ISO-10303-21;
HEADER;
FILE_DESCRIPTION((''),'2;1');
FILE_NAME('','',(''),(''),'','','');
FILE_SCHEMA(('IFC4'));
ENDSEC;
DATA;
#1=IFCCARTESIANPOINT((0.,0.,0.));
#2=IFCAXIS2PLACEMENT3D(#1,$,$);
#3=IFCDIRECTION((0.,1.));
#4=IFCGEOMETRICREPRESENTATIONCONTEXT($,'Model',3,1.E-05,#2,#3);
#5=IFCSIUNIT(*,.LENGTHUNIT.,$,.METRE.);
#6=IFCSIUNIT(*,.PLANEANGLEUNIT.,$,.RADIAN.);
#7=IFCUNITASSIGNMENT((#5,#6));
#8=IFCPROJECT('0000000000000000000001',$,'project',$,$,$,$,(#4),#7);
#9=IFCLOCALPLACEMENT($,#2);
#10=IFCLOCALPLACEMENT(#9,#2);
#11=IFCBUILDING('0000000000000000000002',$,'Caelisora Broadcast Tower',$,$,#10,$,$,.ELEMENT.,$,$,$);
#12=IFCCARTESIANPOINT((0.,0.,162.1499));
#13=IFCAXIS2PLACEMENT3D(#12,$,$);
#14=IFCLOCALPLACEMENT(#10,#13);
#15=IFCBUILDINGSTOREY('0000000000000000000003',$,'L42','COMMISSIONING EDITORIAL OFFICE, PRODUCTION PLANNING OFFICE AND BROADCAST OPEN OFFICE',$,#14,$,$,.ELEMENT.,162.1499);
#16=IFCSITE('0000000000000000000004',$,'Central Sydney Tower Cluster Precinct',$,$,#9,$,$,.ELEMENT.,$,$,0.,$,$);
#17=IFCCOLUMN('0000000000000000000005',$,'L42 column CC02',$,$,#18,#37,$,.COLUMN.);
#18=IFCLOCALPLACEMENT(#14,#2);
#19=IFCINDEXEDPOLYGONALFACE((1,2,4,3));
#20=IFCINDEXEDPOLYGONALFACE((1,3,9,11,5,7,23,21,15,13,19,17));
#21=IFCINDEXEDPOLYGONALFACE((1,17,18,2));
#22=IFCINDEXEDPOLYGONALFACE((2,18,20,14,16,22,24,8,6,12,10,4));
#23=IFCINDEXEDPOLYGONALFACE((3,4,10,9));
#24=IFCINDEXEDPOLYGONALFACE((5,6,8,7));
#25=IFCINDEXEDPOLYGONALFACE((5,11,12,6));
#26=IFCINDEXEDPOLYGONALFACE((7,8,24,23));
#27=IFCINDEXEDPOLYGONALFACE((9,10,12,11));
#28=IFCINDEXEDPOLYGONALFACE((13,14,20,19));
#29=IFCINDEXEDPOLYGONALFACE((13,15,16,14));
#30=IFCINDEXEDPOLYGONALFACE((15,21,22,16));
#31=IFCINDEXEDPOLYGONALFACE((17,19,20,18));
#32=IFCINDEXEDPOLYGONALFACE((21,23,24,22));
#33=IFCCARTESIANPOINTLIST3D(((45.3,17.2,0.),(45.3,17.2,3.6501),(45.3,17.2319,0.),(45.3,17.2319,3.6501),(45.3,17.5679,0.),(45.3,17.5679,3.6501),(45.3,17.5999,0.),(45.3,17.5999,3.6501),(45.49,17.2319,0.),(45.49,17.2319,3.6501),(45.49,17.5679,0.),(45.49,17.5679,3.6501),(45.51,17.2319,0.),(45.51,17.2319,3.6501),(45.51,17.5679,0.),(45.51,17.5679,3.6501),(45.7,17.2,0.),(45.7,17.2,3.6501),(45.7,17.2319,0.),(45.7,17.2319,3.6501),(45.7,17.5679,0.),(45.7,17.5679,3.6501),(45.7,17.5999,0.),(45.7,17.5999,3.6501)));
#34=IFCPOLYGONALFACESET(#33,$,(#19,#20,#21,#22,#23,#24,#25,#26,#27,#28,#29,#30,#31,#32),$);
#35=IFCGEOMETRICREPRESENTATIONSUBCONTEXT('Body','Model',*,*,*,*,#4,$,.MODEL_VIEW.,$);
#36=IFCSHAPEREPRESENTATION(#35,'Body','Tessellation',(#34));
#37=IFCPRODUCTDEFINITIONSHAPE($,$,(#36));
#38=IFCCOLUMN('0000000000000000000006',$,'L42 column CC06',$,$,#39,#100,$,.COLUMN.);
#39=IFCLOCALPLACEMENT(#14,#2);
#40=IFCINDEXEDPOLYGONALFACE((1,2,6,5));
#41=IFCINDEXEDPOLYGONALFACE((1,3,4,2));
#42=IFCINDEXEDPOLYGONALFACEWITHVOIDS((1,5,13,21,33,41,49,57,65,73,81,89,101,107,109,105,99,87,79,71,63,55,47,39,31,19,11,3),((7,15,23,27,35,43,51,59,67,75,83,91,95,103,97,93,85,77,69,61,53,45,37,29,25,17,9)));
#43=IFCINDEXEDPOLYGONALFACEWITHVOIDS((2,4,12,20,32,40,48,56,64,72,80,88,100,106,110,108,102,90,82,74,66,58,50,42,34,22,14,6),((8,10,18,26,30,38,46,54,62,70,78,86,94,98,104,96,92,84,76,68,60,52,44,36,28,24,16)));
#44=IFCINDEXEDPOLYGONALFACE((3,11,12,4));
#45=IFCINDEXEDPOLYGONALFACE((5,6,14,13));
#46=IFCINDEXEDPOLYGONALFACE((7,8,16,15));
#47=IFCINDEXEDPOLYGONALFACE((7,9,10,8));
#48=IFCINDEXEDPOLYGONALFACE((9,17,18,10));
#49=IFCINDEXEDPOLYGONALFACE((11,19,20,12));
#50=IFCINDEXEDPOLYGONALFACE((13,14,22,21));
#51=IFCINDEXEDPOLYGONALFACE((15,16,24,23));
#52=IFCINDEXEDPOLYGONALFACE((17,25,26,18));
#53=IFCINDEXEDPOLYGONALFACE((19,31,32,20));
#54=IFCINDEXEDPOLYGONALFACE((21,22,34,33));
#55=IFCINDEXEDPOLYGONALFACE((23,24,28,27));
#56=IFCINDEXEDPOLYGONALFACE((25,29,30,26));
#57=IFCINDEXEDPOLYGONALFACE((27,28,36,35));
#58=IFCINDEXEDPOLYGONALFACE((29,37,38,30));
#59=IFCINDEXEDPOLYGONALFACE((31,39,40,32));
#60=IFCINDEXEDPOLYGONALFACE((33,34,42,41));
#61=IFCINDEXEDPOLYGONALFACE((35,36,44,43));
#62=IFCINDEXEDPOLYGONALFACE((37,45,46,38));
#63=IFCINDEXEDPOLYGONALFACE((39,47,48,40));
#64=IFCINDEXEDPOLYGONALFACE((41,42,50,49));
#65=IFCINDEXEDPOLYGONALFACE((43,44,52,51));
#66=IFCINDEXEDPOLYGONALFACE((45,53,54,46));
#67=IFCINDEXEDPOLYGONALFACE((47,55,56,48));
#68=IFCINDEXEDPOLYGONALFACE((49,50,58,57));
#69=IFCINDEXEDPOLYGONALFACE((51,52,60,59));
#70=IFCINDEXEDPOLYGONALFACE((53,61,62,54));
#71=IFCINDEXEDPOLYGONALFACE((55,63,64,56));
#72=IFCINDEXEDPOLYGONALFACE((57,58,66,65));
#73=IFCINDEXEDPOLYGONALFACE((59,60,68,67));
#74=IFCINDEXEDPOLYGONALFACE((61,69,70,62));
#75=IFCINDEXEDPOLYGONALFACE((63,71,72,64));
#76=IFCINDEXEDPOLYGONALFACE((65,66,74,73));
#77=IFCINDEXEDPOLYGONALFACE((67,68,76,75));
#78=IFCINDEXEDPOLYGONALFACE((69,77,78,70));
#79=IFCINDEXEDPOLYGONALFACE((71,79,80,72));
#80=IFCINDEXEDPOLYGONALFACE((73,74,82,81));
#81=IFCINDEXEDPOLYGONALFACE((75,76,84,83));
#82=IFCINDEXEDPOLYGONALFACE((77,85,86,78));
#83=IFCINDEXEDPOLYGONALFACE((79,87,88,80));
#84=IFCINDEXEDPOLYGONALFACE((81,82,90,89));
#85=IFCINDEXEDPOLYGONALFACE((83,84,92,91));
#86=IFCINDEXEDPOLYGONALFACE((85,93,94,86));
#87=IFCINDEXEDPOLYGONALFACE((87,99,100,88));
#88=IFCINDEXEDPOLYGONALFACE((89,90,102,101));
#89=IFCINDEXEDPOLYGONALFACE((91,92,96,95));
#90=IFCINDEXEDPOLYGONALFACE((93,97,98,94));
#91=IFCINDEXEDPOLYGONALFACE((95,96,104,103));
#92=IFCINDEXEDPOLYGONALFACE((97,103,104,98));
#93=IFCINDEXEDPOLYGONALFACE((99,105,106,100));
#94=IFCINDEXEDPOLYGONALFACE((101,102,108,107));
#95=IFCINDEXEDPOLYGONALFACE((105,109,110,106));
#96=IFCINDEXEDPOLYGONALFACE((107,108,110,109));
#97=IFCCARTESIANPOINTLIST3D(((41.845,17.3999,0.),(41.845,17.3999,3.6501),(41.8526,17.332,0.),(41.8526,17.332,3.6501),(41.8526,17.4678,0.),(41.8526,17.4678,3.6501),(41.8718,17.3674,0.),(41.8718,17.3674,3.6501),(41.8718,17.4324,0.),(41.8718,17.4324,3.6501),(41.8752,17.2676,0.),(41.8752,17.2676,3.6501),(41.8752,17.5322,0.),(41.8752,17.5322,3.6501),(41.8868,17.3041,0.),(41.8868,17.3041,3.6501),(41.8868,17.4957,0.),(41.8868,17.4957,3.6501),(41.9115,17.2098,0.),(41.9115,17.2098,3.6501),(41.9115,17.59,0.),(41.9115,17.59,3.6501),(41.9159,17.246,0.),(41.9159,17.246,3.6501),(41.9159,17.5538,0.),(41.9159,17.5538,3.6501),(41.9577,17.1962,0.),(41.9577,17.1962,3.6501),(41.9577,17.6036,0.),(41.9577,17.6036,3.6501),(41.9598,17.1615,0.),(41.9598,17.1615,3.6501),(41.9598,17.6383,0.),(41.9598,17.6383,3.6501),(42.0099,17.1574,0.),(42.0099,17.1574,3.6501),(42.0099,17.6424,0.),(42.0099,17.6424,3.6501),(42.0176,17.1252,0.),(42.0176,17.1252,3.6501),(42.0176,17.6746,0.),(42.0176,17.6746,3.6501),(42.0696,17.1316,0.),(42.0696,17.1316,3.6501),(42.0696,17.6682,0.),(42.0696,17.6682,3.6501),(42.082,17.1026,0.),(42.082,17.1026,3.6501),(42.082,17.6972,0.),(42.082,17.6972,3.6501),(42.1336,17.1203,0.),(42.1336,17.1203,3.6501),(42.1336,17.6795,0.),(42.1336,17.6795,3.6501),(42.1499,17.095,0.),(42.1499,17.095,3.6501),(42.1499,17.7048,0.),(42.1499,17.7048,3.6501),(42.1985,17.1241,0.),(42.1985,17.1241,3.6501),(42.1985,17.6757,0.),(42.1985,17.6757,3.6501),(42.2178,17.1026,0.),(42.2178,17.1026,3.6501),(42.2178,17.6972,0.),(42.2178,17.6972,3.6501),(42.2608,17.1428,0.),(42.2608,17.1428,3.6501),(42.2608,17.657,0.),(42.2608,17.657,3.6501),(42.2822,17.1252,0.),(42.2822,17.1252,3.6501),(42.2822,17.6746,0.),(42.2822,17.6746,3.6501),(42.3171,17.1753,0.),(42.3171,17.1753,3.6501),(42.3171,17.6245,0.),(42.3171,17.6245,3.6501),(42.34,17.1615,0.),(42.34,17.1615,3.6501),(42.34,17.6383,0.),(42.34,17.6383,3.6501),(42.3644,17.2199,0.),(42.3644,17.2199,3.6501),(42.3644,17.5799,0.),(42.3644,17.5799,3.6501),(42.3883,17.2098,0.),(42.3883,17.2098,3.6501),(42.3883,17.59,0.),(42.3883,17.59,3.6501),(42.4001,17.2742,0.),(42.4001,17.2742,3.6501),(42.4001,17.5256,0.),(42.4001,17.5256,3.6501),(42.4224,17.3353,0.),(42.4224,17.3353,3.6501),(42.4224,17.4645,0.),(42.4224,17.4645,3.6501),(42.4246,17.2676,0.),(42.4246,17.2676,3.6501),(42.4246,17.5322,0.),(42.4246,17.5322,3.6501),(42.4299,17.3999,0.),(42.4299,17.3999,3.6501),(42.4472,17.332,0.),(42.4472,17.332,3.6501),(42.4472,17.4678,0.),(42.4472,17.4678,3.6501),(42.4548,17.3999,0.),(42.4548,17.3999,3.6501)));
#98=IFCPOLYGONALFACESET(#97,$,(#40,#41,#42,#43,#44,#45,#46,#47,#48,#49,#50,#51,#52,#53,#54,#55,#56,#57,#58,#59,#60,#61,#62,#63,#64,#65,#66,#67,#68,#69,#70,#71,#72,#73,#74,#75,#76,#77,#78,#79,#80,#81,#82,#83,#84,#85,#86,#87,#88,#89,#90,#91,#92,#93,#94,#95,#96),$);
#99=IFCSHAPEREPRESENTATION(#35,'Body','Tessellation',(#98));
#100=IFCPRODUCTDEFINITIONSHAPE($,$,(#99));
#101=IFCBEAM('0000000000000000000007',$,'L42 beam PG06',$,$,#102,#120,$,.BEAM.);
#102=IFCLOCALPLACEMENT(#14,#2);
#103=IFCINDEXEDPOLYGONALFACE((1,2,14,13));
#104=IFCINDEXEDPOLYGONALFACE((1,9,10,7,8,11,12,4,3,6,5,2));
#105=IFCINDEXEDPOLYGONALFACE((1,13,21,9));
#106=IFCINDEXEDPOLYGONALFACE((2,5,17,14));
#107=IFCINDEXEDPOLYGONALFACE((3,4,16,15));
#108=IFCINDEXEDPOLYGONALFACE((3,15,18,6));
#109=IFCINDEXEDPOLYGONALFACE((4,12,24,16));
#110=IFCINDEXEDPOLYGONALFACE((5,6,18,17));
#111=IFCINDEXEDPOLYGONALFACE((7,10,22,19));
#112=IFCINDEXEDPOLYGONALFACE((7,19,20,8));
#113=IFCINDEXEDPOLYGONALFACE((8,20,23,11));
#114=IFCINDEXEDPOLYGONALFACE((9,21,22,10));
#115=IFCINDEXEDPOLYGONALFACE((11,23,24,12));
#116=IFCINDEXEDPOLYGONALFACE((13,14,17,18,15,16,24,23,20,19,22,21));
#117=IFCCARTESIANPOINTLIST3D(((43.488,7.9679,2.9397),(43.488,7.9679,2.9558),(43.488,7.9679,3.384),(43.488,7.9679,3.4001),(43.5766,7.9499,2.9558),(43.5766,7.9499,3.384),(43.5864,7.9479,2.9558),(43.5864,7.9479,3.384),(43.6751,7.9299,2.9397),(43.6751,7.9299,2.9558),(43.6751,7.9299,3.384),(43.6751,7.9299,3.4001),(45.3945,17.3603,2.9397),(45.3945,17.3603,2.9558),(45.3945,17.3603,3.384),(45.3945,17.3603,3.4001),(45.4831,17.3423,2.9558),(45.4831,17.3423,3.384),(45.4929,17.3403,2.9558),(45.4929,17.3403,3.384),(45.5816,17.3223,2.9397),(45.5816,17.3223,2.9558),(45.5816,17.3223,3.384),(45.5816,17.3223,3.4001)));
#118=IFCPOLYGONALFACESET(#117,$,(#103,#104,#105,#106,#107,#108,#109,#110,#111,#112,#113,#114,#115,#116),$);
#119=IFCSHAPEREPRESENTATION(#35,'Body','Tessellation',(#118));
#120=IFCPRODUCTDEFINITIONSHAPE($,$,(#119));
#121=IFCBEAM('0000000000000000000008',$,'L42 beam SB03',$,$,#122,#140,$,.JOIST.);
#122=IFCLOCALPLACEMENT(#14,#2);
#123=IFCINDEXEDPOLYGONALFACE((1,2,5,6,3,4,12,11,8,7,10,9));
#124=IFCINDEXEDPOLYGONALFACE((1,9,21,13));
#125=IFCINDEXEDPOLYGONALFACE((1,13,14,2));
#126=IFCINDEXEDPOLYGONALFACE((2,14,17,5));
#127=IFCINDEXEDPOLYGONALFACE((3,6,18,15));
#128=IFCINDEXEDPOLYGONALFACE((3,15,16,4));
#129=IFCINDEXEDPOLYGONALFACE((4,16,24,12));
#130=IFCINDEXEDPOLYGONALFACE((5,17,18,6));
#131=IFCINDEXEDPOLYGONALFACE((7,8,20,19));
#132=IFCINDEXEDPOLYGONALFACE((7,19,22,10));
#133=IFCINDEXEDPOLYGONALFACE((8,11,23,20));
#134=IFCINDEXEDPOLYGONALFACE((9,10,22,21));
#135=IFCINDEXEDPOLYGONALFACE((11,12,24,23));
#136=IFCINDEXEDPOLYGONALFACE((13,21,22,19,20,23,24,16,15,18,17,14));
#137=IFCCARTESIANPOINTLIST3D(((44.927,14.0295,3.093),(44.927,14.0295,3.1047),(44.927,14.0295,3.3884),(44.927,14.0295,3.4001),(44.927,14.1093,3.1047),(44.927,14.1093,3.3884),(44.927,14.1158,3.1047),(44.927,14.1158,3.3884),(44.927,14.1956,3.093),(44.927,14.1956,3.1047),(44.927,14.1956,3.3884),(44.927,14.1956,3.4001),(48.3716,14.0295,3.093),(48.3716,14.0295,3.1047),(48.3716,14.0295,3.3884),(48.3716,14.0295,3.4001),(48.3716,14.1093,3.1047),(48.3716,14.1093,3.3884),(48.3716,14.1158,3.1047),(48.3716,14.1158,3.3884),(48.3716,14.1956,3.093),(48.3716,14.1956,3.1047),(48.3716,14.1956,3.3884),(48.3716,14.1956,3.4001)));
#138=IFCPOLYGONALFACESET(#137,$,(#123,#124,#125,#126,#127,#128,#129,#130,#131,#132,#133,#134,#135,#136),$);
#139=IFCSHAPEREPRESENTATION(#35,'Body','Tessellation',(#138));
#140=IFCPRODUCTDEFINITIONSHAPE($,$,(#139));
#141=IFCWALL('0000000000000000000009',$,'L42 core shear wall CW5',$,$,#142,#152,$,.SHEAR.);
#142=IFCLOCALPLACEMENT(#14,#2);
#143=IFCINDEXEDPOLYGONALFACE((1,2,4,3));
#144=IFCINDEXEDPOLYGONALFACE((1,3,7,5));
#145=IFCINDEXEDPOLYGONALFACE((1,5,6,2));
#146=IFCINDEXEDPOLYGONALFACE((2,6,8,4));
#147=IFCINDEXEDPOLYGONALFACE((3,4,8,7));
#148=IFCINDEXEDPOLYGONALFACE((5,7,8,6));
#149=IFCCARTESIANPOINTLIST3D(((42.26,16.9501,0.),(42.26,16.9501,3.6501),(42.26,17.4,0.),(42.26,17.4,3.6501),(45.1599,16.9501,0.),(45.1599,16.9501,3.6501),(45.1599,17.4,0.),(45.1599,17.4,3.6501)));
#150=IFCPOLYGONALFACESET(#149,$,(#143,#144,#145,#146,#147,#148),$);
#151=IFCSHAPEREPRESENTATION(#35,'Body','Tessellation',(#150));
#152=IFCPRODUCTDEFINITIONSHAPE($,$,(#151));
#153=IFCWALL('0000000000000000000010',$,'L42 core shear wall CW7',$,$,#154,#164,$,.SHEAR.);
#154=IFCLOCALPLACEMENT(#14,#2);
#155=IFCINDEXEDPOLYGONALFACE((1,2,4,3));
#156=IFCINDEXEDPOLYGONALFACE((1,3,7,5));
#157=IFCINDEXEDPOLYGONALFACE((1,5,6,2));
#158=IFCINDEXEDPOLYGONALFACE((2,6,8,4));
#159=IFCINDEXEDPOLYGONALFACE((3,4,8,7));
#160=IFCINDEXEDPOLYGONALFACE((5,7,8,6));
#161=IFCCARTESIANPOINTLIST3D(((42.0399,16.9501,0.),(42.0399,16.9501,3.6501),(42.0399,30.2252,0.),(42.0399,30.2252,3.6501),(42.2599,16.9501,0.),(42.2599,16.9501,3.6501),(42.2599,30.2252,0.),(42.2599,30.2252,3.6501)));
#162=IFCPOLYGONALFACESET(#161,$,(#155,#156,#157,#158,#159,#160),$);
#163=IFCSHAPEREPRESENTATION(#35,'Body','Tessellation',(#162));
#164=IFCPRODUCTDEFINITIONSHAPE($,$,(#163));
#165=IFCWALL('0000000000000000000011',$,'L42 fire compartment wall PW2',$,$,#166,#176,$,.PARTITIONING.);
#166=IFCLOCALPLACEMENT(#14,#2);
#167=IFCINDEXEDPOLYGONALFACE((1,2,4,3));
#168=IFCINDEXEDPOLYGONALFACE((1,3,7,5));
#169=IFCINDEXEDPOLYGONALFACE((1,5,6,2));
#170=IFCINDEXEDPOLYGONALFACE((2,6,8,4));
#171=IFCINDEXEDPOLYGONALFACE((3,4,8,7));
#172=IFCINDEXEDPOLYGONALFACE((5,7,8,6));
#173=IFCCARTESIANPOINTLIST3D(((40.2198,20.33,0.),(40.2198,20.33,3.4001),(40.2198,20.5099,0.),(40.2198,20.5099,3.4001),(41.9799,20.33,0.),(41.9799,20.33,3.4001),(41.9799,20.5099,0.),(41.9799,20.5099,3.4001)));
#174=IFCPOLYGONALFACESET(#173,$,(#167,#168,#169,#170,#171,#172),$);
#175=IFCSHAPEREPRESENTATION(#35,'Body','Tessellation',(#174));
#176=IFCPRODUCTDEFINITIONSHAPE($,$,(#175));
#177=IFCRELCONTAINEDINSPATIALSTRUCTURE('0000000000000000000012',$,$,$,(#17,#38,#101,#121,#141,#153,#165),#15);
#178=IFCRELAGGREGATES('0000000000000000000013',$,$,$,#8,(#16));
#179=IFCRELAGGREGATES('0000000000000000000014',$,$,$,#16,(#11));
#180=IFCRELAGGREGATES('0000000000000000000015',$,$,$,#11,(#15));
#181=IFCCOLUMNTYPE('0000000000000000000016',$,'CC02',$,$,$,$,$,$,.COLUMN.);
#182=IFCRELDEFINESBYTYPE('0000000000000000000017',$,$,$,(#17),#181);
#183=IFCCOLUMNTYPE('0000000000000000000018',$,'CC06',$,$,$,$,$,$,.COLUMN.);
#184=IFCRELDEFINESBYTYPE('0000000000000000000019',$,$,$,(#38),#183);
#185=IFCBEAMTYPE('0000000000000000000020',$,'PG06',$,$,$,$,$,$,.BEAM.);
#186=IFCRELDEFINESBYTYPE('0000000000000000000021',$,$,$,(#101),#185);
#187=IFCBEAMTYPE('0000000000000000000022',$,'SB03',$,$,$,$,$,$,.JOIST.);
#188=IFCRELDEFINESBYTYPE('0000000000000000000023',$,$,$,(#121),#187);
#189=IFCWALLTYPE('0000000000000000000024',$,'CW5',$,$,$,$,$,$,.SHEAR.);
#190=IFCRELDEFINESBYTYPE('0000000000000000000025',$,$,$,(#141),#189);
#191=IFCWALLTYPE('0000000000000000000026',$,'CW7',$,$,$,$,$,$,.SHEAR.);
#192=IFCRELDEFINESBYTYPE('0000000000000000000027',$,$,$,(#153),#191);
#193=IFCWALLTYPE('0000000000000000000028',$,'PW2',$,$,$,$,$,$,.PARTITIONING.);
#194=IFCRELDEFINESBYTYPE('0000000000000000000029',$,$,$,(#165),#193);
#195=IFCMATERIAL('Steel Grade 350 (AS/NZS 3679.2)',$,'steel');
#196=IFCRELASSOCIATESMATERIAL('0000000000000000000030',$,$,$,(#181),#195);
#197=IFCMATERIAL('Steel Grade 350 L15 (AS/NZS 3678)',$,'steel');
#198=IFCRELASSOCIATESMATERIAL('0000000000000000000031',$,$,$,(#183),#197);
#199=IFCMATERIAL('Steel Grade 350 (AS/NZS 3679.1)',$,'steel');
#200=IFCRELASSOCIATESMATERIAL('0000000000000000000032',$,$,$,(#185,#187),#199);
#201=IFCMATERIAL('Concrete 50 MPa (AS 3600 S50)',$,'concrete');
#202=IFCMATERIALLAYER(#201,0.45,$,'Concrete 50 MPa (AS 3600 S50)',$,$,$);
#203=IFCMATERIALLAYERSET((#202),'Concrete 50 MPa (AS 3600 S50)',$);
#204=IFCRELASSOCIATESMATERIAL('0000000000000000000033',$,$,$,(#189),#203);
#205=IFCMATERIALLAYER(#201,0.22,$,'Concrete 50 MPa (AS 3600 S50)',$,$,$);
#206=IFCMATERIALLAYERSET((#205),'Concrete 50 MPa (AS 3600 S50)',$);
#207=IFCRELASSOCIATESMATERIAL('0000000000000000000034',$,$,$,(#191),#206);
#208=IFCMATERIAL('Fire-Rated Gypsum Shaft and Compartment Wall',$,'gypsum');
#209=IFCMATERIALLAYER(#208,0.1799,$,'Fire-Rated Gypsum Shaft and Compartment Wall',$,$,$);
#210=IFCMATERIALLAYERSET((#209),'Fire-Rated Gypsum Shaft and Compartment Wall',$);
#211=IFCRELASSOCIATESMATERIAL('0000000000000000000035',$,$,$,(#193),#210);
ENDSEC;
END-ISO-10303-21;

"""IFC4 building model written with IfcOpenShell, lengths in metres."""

from ifc_helpers import new_model, si_unit, direction, frame, frame_2d, origin, origin_2d, place, context, subcontext, project, spatial, rectangle, hollow_circle, i_section, extrude, source, transform, mapped, material, layer, layer_set, material_profile, profile_set, type_object, type_shapes, element, save


model = new_model("IFC4")

# Units and contexts
model_context = context("Model", 3, precision=1e-05, world=origin(), true_north=direction((0.0, 1.0)))
body_context = subcontext(model_context, "Body", "Model", "MODEL_VIEW")
ifc_project = project(units=[si_unit("LENGTHUNIT", "METRE"), si_unit("PLANEANGLEUNIT", "RADIAN")], contexts=[model_context])

# Site, building, storey
site_placement = place(None, origin())
site = spatial("IfcSite", under=ifc_project, at=site_placement, Name="Central Sydney Tower Cluster Precinct", CompositionType="ELEMENT", RefElevation=0.0)
building_placement = place(site_placement, origin())
building = spatial("IfcBuilding", under=site, at=building_placement, Name="Caelisora Broadcast Tower", CompositionType="ELEMENT")
storey_placement = place(building_placement, frame((0.0, 0.0, 162.1499)))
storey = spatial("IfcBuildingStorey", under=building, at=storey_placement, Name="L42", Description="COMMISSIONING EDITORIAL OFFICE, PRODUCTION PLANNING OFFICE AND BROADCAST OPEN OFFICE", CompositionType="ELEMENT", Elevation=162.1499)

# Columns
ifc_material_1 = material(Name="Steel Grade 350 (AS/NZS 3679.2)", Category="steel")
ifc_material_profile_1 = material_profile(ifc_material_1, i_section(OverallWidth=0.3999, OverallDepth=0.3999, WebThickness=0.02, FlangeThickness=0.032, at=origin_2d()), Name="Steel Grade 350 (AS/NZS 3679.2)")
ifc_profile_set_1 = profile_set([ifc_material_profile_1], Name="Steel Grade 350 (AS/NZS 3679.2)")
column_type_1 = type_object("IfcColumnType", Name="CC02", PredefinedType="COLUMN", material=ifc_profile_set_1)
shared_shape_1 = source(origin(), body_context, "Body", "SweptSolid", [
    extrude(i_section(OverallWidth=0.3999, OverallDepth=0.3999, WebThickness=0.02, FlangeThickness=0.032, at=origin_2d()), origin(), (0.0, 0.0, 1.0), 3.6501),
])
type_shapes(column_type_1, [shared_shape_1])
column_1_placement = place(storey_placement, frame((45.5, 17.3999, 0.0), z_axis=(0.0, 0.0, 1.0), x_axis=(1.0, 0.0, 0.0)))
element("IfcColumn", 1, at=column_1_placement, inside=storey, type_object=column_type_1, Name="L42 column CC02", PredefinedType="COLUMN", context=body_context, shape_type="MappedRepresentation", body=[
    mapped(shared_shape_1, transform((0.0, 0.0, 0.0), scale=1.0)),
])
ifc_material_2 = material(Name="Steel Grade 350 L15 (AS/NZS 3678)", Category="steel")
ifc_material_profile_2 = material_profile(ifc_material_2, hollow_circle(Radius=0.3049, WallThickness=0.0249, at=origin_2d()), Name="Steel Grade 350 L15 (AS/NZS 3678)")
ifc_profile_set_2 = profile_set([ifc_material_profile_2], Name="Steel Grade 350 L15 (AS/NZS 3678)")
column_type_2 = type_object("IfcColumnType", Name="CC06", PredefinedType="COLUMN", material=ifc_profile_set_2)
shared_shape_2 = source(origin(), body_context, "Body", "SweptSolid", [
    extrude(hollow_circle(Radius=0.3049, WallThickness=0.0249, at=origin_2d()), origin(), (0.0, 0.0, 1.0), 3.6501),
])
type_shapes(column_type_2, [shared_shape_2])
column_2_placement = place(storey_placement, frame((42.1499, 17.3999, 0.0), z_axis=(0.0, 0.0, 1.0), x_axis=(1.0, 0.0, 0.0)))
element("IfcColumn", 2, at=column_2_placement, inside=storey, type_object=column_type_2, Name="L42 column CC06", PredefinedType="COLUMN", context=body_context, shape_type="MappedRepresentation", body=[
    mapped(shared_shape_2, transform((0.0, 0.0, 0.0), scale=1.0)),
])

# Beams
ifc_material_3 = material(Name="Steel Grade 350 (AS/NZS 3679.1)", Category="steel")
ifc_material_profile_3 = material_profile(ifc_material_3, i_section(OverallWidth=0.1909, OverallDepth=0.4604, WebThickness=0.01, FlangeThickness=0.0161, at=origin_2d()), Name="Steel Grade 350 (AS/NZS 3679.1)")
ifc_profile_set_3 = profile_set([ifc_material_profile_3], Name="Steel Grade 350 (AS/NZS 3679.1)")
beam_type_1 = type_object("IfcBeamType", Name="PG06", PredefinedType="BEAM", material=ifc_profile_set_3)
shared_shape_3 = source(origin(), body_context, "Body", "SweptSolid", [
    extrude(i_section(OverallWidth=0.1909, OverallDepth=0.4604, WebThickness=0.01, FlangeThickness=0.0161, at=origin_2d()), origin(), (0.0, 0.0, 1.0), 9.584),
])
type_shapes(beam_type_1, [shared_shape_3])
beam_1_placement = place(storey_placement, frame((45.488, 17.3413, 3.1699), z_axis=(-0.198927, -0.980014, 0.0), x_axis=(0.980014, -0.198927, 0.0)))
element("IfcBeam", 3, at=beam_1_placement, inside=storey, type_object=beam_type_1, Name="L42 beam PG06", PredefinedType="BEAM", context=body_context, shape_type="MappedRepresentation", body=[
    mapped(shared_shape_3, transform((0.0, 0.0, 0.0), scale=1.0)),
])
ifc_material_profile_4 = material_profile(ifc_material_3, i_section(OverallWidth=0.166, OverallDepth=0.3071, WebThickness=0.0066, FlangeThickness=0.0117, at=origin_2d()), Name="Steel Grade 350 (AS/NZS 3679.1)")
ifc_profile_set_4 = profile_set([ifc_material_profile_4], Name="Steel Grade 350 (AS/NZS 3679.1)")
beam_type_2 = type_object("IfcBeamType", Name="SB03", PredefinedType="JOIST", material=ifc_profile_set_4)
shared_shape_4 = source(origin(), body_context, "Body", "SweptSolid", [
    extrude(i_section(OverallWidth=0.166, OverallDepth=0.3071, WebThickness=0.0066, FlangeThickness=0.0117, at=origin_2d()), origin(), (0.0, 0.0, 1.0), 3.4446),
])
type_shapes(beam_type_2, [shared_shape_4])
beam_2_placement = place(storey_placement, frame((44.927, 14.1125, 3.2466), z_axis=(1.0, 0.0, 0.0), x_axis=(0.0, 1.0, 0.0)))
element("IfcBeam", 4, at=beam_2_placement, inside=storey, type_object=beam_type_2, Name="L42 beam SB03", PredefinedType="JOIST", context=body_context, shape_type="MappedRepresentation", body=[
    mapped(shared_shape_4, transform((0.0, 0.0, 0.0), scale=1.0)),
])

# Shared definitions
ifc_material_4 = material(Name="Concrete 50 MPa (AS 3600 S50)", Category="concrete")

# Walls
ifc_layer_1 = layer(ifc_material_4, 0.45, Name="Concrete 50 MPa (AS 3600 S50)")
ifc_layer_set_1 = layer_set([ifc_layer_1], Name="Concrete 50 MPa (AS 3600 S50)")
wall_type_1 = type_object("IfcWallType", Name="CW5", PredefinedType="SHEAR", material=ifc_layer_set_1)
wall_1_placement = place(storey_placement, frame((42.26, 17.175, 0.0), z_axis=(0.0, 0.0, 1.0), x_axis=(1.0, 0.0, 0.0)))
element("IfcWall", 5, at=wall_1_placement, inside=storey, type_object=wall_type_1, Name="L42 core shear wall CW5", PredefinedType="SHEAR", context=body_context, shape_type="SweptSolid", body=[
    extrude(rectangle(XDim=2.8999, YDim=0.45, at=frame_2d((1.45, 0.0))), origin(), (0.0, 0.0, 1.0), 3.6501),
])
ifc_layer_2 = layer(ifc_material_4, 0.22, Name="Concrete 50 MPa (AS 3600 S50)")
ifc_layer_set_2 = layer_set([ifc_layer_2], Name="Concrete 50 MPa (AS 3600 S50)")
wall_type_2 = type_object("IfcWallType", Name="CW7", PredefinedType="SHEAR", material=ifc_layer_set_2)
wall_2_placement = place(storey_placement, frame((42.1499, 16.95, 0.0), z_axis=(0.0, 0.0, 1.0), x_axis=(0.0, 1.0, 0.0)))
element("IfcWall", 6, at=wall_2_placement, inside=storey, type_object=wall_type_2, Name="L42 core shear wall CW7", PredefinedType="SHEAR", context=body_context, shape_type="SweptSolid", body=[
    extrude(rectangle(XDim=13.2751, YDim=0.22, at=frame_2d((6.6377, 0.0))), origin(), (0.0, 0.0, 1.0), 3.6501),
])
ifc_material_5 = material(Name="Fire-Rated Gypsum Shaft and Compartment Wall", Category="gypsum")
ifc_layer_3 = layer(ifc_material_5, 0.1799, Name="Fire-Rated Gypsum Shaft and Compartment Wall")
ifc_layer_set_3 = layer_set([ifc_layer_3], Name="Fire-Rated Gypsum Shaft and Compartment Wall")
wall_type_3 = type_object("IfcWallType", Name="PW2", PredefinedType="PARTITIONING", material=ifc_layer_set_3)
wall_3_placement = place(storey_placement, frame((40.22, 20.4199, 0.0), z_axis=(0.0, 0.0, 1.0), x_axis=(1.0, 0.0, 0.0)))
element("IfcWall", 7, at=wall_3_placement, inside=storey, type_object=wall_type_3, Name="L42 fire compartment wall PW2", PredefinedType="PARTITIONING", context=body_context, shape_type="SweptSolid", body=[
    extrude(rectangle(XDim=1.76, YDim=0.1799, at=frame_2d((0.8799, 0.0))), origin(), (0.0, 0.0, 1.0), 3.4001),
])

save(model, "model.ifc")
